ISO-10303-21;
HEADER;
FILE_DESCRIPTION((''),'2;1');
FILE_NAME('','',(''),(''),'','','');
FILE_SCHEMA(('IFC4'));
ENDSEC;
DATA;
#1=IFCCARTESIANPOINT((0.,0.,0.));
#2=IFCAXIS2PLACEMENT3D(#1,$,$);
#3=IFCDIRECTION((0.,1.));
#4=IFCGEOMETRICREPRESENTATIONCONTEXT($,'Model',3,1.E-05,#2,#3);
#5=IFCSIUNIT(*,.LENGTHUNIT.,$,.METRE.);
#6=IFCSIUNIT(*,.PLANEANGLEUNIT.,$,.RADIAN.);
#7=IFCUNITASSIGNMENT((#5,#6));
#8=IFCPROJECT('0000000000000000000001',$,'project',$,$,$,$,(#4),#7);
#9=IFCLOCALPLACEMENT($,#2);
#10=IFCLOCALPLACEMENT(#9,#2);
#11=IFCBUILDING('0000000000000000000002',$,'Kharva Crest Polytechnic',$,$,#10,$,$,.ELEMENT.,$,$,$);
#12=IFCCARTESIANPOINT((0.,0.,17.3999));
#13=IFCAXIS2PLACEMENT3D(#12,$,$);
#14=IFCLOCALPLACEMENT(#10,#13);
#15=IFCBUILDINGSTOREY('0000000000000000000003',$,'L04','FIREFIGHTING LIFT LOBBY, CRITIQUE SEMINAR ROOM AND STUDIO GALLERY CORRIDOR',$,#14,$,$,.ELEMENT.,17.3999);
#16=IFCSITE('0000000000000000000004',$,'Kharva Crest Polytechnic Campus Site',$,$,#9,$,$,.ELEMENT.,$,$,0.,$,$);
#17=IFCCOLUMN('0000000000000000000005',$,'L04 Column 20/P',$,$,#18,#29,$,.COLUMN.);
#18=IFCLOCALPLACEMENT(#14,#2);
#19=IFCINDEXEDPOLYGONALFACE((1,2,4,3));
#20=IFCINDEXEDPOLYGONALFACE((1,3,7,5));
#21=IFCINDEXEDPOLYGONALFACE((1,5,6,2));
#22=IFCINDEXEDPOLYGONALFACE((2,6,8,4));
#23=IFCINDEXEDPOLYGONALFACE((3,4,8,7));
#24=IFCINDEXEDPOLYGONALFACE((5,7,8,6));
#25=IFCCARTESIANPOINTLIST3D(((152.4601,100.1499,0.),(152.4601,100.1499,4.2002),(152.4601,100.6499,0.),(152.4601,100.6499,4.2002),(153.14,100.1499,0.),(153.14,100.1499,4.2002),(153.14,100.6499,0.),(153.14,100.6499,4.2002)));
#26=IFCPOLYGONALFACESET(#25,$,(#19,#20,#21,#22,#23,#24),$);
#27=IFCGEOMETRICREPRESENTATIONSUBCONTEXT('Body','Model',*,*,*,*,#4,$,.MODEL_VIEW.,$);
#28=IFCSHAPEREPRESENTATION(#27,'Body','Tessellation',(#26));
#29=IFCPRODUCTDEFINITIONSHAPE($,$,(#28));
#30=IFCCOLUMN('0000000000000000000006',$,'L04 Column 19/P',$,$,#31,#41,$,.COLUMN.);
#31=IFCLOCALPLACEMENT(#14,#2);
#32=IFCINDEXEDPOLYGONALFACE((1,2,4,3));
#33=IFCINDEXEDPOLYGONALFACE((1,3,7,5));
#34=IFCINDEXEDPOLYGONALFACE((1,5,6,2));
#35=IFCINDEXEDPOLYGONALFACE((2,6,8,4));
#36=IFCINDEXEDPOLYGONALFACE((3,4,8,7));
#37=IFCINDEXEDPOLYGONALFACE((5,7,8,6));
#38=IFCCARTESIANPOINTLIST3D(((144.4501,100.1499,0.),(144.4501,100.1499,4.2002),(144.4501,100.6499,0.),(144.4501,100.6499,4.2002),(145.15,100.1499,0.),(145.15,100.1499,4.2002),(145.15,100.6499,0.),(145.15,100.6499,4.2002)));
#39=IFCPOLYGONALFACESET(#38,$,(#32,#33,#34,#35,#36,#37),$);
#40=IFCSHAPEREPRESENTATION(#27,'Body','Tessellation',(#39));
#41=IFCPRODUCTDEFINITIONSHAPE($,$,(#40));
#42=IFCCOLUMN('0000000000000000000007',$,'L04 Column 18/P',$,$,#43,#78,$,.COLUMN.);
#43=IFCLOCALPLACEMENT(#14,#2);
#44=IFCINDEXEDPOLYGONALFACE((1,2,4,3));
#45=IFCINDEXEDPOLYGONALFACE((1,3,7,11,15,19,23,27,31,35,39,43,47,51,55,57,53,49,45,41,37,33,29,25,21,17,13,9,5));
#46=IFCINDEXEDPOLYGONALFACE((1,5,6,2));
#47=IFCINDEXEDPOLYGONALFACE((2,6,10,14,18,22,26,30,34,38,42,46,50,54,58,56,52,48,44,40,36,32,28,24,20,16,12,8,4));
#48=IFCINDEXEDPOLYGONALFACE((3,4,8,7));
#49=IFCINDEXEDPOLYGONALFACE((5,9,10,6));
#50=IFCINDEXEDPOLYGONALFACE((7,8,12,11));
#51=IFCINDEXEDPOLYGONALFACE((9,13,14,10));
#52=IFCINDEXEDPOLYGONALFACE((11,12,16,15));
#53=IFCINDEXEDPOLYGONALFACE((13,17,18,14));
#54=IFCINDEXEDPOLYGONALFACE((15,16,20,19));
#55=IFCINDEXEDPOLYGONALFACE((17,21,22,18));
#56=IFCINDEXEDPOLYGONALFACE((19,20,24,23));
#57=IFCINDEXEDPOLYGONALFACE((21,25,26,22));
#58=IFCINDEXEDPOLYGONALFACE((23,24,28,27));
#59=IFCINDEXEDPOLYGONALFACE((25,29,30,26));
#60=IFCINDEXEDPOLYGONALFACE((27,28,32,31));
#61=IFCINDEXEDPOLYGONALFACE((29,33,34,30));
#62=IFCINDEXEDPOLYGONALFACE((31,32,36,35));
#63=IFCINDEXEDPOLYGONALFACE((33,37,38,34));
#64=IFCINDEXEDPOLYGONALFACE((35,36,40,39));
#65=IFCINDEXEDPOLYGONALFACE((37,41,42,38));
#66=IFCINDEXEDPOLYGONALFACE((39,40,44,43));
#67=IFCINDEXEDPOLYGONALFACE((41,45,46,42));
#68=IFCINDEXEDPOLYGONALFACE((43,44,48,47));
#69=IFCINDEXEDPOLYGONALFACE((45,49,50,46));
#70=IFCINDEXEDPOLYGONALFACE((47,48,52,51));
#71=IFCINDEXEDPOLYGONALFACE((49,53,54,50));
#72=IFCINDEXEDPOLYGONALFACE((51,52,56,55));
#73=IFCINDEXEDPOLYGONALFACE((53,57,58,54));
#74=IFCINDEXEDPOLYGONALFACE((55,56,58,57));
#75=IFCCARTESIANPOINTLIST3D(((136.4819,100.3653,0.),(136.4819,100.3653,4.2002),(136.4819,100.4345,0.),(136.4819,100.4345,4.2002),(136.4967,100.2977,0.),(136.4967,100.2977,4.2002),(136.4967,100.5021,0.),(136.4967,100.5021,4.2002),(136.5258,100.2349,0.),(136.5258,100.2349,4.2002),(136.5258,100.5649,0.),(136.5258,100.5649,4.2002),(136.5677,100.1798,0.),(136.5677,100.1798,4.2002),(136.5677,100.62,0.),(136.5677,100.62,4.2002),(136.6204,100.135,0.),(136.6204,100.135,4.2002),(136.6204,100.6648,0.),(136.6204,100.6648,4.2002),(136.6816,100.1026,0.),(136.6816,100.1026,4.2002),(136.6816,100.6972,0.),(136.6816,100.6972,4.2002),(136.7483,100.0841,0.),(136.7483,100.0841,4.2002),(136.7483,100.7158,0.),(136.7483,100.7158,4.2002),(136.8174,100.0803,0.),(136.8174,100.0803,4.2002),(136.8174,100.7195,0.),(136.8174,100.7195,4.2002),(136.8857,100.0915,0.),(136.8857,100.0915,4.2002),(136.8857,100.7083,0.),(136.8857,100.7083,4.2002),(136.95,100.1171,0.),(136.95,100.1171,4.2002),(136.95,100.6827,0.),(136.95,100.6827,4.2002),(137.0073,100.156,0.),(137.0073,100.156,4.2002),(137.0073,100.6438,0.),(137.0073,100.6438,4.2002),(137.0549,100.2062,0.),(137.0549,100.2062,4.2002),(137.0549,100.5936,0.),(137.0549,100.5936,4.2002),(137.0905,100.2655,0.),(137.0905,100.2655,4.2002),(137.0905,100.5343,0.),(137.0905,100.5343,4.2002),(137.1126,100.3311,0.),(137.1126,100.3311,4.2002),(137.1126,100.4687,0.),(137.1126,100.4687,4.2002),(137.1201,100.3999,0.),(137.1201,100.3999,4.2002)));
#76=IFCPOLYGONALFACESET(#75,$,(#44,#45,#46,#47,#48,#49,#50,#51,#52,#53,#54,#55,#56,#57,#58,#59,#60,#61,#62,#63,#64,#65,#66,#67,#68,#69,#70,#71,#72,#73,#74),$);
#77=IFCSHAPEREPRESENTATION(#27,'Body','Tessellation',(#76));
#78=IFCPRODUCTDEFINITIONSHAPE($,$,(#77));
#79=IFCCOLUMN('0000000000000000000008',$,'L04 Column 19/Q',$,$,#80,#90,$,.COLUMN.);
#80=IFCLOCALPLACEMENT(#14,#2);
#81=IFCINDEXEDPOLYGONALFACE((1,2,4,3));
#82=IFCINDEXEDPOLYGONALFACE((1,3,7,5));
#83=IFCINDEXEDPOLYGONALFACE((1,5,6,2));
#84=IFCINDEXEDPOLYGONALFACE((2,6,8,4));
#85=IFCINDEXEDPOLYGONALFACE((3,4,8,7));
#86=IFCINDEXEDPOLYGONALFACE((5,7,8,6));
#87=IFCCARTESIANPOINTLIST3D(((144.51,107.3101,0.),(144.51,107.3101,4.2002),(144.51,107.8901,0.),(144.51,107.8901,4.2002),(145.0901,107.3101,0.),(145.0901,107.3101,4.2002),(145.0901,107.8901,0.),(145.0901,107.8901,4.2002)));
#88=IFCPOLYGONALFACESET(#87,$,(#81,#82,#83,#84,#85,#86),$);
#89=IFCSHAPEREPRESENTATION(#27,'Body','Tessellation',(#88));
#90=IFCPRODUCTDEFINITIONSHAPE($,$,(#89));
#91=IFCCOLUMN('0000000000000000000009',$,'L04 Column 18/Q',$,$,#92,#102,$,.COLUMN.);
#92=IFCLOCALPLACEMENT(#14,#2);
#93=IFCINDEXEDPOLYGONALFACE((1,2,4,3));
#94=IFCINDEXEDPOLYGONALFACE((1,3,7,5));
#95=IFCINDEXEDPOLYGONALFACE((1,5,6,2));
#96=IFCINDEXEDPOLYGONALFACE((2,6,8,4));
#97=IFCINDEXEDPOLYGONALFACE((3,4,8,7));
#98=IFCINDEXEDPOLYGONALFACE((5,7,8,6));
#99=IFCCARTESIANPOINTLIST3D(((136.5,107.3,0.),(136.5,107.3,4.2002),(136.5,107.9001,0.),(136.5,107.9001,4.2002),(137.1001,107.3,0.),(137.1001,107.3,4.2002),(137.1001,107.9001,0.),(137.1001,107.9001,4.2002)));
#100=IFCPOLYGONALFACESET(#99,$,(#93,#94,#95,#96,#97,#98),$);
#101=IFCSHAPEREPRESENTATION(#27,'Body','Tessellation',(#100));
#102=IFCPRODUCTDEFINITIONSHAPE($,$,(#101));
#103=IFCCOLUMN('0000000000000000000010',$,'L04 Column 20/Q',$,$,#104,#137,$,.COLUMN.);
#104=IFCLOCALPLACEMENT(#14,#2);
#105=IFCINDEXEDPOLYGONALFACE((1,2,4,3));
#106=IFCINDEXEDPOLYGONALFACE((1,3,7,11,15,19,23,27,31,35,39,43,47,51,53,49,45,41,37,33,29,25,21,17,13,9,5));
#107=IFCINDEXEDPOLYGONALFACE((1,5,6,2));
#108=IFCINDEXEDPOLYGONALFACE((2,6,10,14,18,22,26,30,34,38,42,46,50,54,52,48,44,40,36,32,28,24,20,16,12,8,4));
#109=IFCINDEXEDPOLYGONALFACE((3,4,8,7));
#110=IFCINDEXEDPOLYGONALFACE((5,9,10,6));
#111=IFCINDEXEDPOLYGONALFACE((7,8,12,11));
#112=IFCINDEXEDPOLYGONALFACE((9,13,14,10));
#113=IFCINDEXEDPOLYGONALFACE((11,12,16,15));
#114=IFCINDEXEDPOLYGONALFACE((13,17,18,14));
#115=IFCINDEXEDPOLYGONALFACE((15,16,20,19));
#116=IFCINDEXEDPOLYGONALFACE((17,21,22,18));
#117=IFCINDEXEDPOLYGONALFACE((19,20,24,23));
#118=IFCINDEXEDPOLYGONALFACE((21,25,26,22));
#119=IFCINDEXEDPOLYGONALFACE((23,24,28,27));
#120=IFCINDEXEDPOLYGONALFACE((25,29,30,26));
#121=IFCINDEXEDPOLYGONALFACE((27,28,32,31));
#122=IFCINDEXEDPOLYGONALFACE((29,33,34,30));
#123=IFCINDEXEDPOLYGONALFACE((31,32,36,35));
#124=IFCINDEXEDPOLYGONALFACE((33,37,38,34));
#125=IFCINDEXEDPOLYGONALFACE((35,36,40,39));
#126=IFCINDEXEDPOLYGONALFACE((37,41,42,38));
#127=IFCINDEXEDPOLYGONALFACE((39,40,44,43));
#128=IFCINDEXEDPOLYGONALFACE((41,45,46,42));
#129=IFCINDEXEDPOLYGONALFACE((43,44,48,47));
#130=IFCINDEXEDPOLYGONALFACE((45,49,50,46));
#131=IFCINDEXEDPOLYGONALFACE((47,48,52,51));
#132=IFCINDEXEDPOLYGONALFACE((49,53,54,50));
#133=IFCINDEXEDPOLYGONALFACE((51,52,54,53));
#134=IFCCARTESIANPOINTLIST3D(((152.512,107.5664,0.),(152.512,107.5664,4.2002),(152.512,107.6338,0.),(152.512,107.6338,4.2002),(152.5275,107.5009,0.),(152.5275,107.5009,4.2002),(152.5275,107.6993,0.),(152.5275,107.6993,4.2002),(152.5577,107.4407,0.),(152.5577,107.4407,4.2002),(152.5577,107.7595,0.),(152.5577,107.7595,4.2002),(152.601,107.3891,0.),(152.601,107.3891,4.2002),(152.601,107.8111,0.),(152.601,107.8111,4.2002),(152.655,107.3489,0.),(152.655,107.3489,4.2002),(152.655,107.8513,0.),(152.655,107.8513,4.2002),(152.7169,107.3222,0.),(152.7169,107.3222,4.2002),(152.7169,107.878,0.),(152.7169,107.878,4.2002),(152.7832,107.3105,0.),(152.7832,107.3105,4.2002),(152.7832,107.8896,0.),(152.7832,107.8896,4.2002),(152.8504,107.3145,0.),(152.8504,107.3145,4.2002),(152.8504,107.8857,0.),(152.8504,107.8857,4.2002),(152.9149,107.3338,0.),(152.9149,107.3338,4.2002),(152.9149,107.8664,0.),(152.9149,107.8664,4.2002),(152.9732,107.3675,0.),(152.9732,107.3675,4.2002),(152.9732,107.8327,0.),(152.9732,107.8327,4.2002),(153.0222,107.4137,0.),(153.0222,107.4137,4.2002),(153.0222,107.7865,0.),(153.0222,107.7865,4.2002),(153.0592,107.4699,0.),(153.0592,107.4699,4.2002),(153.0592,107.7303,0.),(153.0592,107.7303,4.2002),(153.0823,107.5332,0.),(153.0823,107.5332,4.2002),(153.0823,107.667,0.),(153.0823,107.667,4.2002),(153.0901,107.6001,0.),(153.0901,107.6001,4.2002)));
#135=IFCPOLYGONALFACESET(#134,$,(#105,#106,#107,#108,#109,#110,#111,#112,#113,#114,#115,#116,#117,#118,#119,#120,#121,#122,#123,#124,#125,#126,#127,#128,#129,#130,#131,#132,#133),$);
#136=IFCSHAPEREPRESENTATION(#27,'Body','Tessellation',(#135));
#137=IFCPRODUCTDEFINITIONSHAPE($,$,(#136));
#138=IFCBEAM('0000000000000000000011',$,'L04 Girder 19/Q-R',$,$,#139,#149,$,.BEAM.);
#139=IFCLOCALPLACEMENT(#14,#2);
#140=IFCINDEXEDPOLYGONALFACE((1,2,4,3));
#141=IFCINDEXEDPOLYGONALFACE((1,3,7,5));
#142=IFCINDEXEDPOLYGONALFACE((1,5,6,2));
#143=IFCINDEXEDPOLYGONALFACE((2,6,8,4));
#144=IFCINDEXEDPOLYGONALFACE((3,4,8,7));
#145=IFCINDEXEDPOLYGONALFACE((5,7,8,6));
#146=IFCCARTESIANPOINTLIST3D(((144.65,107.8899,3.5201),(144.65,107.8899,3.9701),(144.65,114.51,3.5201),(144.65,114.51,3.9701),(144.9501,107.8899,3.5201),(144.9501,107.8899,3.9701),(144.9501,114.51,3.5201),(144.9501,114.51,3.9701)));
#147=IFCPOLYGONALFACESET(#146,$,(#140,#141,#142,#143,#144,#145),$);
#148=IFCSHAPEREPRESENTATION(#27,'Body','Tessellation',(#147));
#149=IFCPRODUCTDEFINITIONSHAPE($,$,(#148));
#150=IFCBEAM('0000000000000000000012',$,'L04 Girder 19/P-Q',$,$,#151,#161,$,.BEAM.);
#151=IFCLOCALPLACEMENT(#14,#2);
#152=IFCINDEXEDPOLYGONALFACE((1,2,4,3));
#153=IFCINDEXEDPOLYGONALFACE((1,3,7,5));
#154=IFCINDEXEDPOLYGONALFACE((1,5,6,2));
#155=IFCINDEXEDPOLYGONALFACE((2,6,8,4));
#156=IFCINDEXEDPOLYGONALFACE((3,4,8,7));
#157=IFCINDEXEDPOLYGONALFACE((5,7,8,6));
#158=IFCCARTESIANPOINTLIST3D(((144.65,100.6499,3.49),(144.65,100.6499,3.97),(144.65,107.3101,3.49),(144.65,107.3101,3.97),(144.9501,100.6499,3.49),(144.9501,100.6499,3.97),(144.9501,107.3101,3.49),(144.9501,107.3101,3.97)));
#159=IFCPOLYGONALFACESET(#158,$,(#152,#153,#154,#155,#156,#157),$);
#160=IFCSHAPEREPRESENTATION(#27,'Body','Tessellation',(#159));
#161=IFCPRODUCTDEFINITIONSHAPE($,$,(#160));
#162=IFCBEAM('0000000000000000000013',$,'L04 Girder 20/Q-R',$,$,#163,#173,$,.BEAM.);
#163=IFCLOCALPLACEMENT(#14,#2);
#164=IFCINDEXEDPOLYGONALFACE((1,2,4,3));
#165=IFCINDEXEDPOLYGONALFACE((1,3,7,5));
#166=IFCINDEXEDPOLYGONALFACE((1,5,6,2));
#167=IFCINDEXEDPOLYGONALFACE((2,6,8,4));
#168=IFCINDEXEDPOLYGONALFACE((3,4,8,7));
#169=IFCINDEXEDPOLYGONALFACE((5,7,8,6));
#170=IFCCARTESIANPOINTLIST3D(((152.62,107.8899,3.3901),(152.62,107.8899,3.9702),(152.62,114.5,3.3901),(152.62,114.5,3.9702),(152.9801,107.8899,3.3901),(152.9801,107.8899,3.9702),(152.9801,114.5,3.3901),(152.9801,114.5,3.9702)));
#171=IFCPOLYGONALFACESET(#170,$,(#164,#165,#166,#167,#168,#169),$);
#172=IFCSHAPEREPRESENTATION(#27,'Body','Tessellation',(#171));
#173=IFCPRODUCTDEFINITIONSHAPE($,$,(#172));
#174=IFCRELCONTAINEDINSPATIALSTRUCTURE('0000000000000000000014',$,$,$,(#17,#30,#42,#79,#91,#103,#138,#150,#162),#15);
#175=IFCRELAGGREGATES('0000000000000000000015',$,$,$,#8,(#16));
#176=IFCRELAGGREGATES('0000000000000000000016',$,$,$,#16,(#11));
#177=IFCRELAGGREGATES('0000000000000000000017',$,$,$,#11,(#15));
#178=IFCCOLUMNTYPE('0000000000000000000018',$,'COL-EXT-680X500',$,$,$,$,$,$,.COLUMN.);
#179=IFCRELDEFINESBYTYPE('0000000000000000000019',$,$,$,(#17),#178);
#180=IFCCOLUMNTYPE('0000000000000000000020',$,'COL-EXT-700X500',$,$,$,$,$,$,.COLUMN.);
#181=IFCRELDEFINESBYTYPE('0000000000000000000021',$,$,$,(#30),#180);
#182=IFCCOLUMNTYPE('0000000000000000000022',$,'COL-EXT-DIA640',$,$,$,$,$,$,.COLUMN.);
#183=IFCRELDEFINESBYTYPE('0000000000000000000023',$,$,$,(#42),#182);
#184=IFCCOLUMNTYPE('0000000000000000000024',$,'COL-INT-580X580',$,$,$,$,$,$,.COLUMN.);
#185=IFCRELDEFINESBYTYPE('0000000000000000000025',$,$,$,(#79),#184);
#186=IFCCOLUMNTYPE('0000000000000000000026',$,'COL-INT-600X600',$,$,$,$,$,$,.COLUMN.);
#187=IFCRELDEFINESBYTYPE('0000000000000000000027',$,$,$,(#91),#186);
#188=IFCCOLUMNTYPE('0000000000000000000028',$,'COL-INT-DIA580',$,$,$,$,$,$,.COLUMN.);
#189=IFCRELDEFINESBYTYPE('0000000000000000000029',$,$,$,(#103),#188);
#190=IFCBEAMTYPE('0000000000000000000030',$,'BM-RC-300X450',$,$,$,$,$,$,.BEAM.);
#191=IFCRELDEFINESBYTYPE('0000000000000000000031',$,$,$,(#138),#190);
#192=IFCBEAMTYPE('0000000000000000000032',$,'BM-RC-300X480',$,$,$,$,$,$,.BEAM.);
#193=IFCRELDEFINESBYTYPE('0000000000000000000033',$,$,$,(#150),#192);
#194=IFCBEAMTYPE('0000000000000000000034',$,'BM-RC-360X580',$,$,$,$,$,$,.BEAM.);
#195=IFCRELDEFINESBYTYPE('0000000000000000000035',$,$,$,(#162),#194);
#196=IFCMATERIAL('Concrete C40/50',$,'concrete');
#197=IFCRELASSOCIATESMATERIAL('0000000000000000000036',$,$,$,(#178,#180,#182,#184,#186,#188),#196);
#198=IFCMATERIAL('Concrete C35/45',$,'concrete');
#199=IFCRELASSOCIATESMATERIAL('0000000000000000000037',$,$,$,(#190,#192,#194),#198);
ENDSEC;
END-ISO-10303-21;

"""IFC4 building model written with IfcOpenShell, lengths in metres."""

from ifc_helpers import new_model, si_unit, direction, frame, origin, origin_2d, place, context, subcontext, project, spatial, rectangle, circle, extrude, material, material_profile, profile_set, type_object, element, save


model = new_model("IFC4")

# Units and contexts
model_context = context("Model", 3, precision=1e-05, world=origin(), true_north=direction((0.0, 1.0)))
body_context = subcontext(model_context, "Body", "Model", "MODEL_VIEW")
ifc_project = project(units=[si_unit("LENGTHUNIT", "METRE"), si_unit("PLANEANGLEUNIT", "RADIAN")], contexts=[model_context])

# Site, building, storey
site_placement = place(None, origin())
site = spatial("IfcSite", under=ifc_project, at=site_placement, Name="Kharva Crest Polytechnic Campus Site", CompositionType="ELEMENT", RefElevation=0.0)
building_placement = place(site_placement, origin())
building = spatial("IfcBuilding", under=site, at=building_placement, Name="Kharva Crest Polytechnic", CompositionType="ELEMENT")
storey_placement = place(building_placement, frame((0.0, 0.0, 17.3999)))
storey = spatial("IfcBuildingStorey", under=building, at=storey_placement, Name="L04", Description="FIREFIGHTING LIFT LOBBY, CRITIQUE SEMINAR ROOM AND STUDIO GALLERY CORRIDOR", CompositionType="ELEMENT", Elevation=17.3999)

# Columns
ifc_material_1 = material(Name="Concrete C40/50", Category="concrete")
ifc_material_profile_1 = material_profile(ifc_material_1, rectangle(XDim=0.6799, YDim=0.5, at=origin_2d()), Name="RECT 680 X 500")
ifc_profile_set_1 = profile_set([ifc_material_profile_1], Name="Concrete C40/50")
column_type_1 = type_object("IfcColumnType", Name="COL-EXT-680X500", PredefinedType="COLUMN", material=ifc_profile_set_1)
column_1_placement = place(storey_placement, frame((152.8, 100.3999, 0.0), z_axis=(0.0, 0.0, 1.0), x_axis=(1.0, 0.0, 0.0)))
element("IfcColumn", 1, at=column_1_placement, inside=storey, type_object=column_type_1, Name="L04 Column 20/P", PredefinedType="COLUMN", context=body_context, shape_type="SweptSolid", body=[
    extrude(rectangle(XDim=0.6799, YDim=0.5, at=origin_2d()), origin(), (0.0, 0.0, 1.0), 4.2002),
])
ifc_material_profile_2 = material_profile(ifc_material_1, rectangle(XDim=0.7, YDim=0.5, at=origin_2d()), Name="RECT 700 X 500")
ifc_profile_set_2 = profile_set([ifc_material_profile_2], Name="Concrete C40/50")
column_type_2 = type_object("IfcColumnType", Name="COL-EXT-700X500", PredefinedType="COLUMN", material=ifc_profile_set_2)
column_2_placement = place(storey_placement, frame((144.8, 100.3999, 0.0), z_axis=(0.0, 0.0, 1.0), x_axis=(1.0, 0.0, 0.0)))
element("IfcColumn", 2, at=column_2_placement, inside=storey, type_object=column_type_2, Name="L04 Column 19/P", PredefinedType="COLUMN", context=body_context, shape_type="SweptSolid", body=[
    extrude(rectangle(XDim=0.7, YDim=0.5, at=origin_2d()), origin(), (0.0, 0.0, 1.0), 4.2002),
])
ifc_material_profile_3 = material_profile(ifc_material_1, circle(Radius=0.3201, at=origin_2d()), Name="DIA 640")
ifc_profile_set_3 = profile_set([ifc_material_profile_3], Name="Concrete C40/50")
column_type_3 = type_object("IfcColumnType", Name="COL-EXT-DIA640", PredefinedType="COLUMN", material=ifc_profile_set_3)
column_3_placement = place(storey_placement, frame((136.8, 100.3999, 0.0), z_axis=(0.0, 0.0, 1.0), x_axis=(1.0, 0.0, 0.0)))
element("IfcColumn", 3, at=column_3_placement, inside=storey, type_object=column_type_3, Name="L04 Column 18/P", PredefinedType="COLUMN", context=body_context, shape_type="SweptSolid", body=[
    extrude(circle(Radius=0.3201, at=origin_2d()), origin(), (0.0, 0.0, 1.0), 4.2002),
])
ifc_material_profile_4 = material_profile(ifc_material_1, rectangle(XDim=0.5801, YDim=0.5801, at=origin_2d()), Name="RECT 580 X 580")
ifc_profile_set_4 = profile_set([ifc_material_profile_4], Name="Concrete C40/50")
column_type_4 = type_object("IfcColumnType", Name="COL-INT-580X580", PredefinedType="COLUMN", material=ifc_profile_set_4)
column_4_placement = place(storey_placement, frame((144.8, 107.6001, 0.0), z_axis=(0.0, 0.0, 1.0), x_axis=(1.0, 0.0, 0.0)))
element("IfcColumn", 4, at=column_4_placement, inside=storey, type_object=column_type_4, Name="L04 Column 19/Q", PredefinedType="COLUMN", context=body_context, shape_type="SweptSolid", body=[
    extrude(rectangle(XDim=0.5801, YDim=0.5801, at=origin_2d()), origin(), (0.0, 0.0, 1.0), 4.2002),
])
ifc_material_profile_5 = material_profile(ifc_material_1, rectangle(XDim=0.6001, YDim=0.6001, at=origin_2d()), Name="RECT 600 X 600")
ifc_profile_set_5 = profile_set([ifc_material_profile_5], Name="Concrete C40/50")
column_type_5 = type_object("IfcColumnType", Name="COL-INT-600X600", PredefinedType="COLUMN", material=ifc_profile_set_5)
column_5_placement = place(storey_placement, frame((136.8, 107.6001, 0.0), z_axis=(0.0, 0.0, 1.0), x_axis=(1.0, 0.0, 0.0)))
element("IfcColumn", 5, at=column_5_placement, inside=storey, type_object=column_type_5, Name="L04 Column 18/Q", PredefinedType="COLUMN", context=body_context, shape_type="SweptSolid", body=[
    extrude(rectangle(XDim=0.6001, YDim=0.6001, at=origin_2d()), origin(), (0.0, 0.0, 1.0), 4.2002),
])
ifc_material_profile_6 = material_profile(ifc_material_1, circle(Radius=0.29, at=origin_2d()), Name="DIA 580")
ifc_profile_set_6 = profile_set([ifc_material_profile_6], Name="Concrete C40/50")
column_type_6 = type_object("IfcColumnType", Name="COL-INT-DIA580", PredefinedType="COLUMN", material=ifc_profile_set_6)
column_6_placement = place(storey_placement, frame((152.8, 107.6001, 0.0), z_axis=(0.0, 0.0, 1.0), x_axis=(1.0, 0.0, 0.0)))
element("IfcColumn", 6, at=column_6_placement, inside=storey, type_object=column_type_6, Name="L04 Column 20/Q", PredefinedType="COLUMN", context=body_context, shape_type="SweptSolid", body=[
    extrude(circle(Radius=0.29, at=origin_2d()), origin(), (0.0, 0.0, 1.0), 4.2002),
])

# Beams
ifc_material_2 = material(Name="Concrete C35/45", Category="concrete")
ifc_material_profile_7 = material_profile(ifc_material_2, rectangle(XDim=0.3, YDim=0.45, at=origin_2d()), Name="RECT 300 X 450")
ifc_profile_set_7 = profile_set([ifc_material_profile_7], Name="Concrete C35/45")
beam_type_1 = type_object("IfcBeamType", Name="BM-RC-300X450", PredefinedType="BEAM", material=ifc_profile_set_7)
beam_1_placement = place(storey_placement, frame((144.8, 107.8899, 3.7451), z_axis=(0.0, 1.0, 0.0), x_axis=(-1.0, 0.0, 0.0)))
element("IfcBeam", 7, at=beam_1_placement, inside=storey, type_object=beam_type_1, Name="L04 Girder 19/Q-R", PredefinedType="BEAM", context=body_context, shape_type="SweptSolid", body=[
    extrude(rectangle(XDim=0.3, YDim=0.45, at=origin_2d()), origin(), (0.0, 0.0, 1.0), 6.6201),
])
ifc_material_profile_8 = material_profile(ifc_material_2, rectangle(XDim=0.3, YDim=0.48, at=origin_2d()), Name="RECT 300 X 480")
ifc_profile_set_8 = profile_set([ifc_material_profile_8], Name="Concrete C35/45")
beam_type_2 = type_object("IfcBeamType", Name="BM-RC-300X480", PredefinedType="BEAM", material=ifc_profile_set_8)
beam_2_placement = place(storey_placement, frame((144.8, 100.6499, 3.73), z_axis=(0.0, 1.0, 0.0), x_axis=(-1.0, 0.0, 0.0)))
element("IfcBeam", 8, at=beam_2_placement, inside=storey, type_object=beam_type_2, Name="L04 Girder 19/P-Q", PredefinedType="BEAM", context=body_context, shape_type="SweptSolid", body=[
    extrude(rectangle(XDim=0.3, YDim=0.48, at=origin_2d()), origin(), (0.0, 0.0, 1.0), 6.6602),
])
ifc_material_profile_9 = material_profile(ifc_material_2, rectangle(XDim=0.3601, YDim=0.5801, at=origin_2d()), Name="RECT 360 X 580")
ifc_profile_set_9 = profile_set([ifc_material_profile_9], Name="Concrete C35/45")
beam_type_3 = type_object("IfcBeamType", Name="BM-RC-360X580", PredefinedType="BEAM", material=ifc_profile_set_9)
beam_3_placement = place(storey_placement, frame((152.8, 107.8899, 3.6802), z_axis=(0.0, 1.0, 0.0), x_axis=(-1.0, 0.0, 0.0)))
element("IfcBeam", 9, at=beam_3_placement, inside=storey, type_object=beam_type_3, Name="L04 Girder 20/Q-R", PredefinedType="BEAM", context=body_context, shape_type="SweptSolid", body=[
    extrude(rectangle(XDim=0.3601, YDim=0.5801, at=origin_2d()), origin(), (0.0, 0.0, 1.0), 6.6101),
])

save(model, "model.ifc")
